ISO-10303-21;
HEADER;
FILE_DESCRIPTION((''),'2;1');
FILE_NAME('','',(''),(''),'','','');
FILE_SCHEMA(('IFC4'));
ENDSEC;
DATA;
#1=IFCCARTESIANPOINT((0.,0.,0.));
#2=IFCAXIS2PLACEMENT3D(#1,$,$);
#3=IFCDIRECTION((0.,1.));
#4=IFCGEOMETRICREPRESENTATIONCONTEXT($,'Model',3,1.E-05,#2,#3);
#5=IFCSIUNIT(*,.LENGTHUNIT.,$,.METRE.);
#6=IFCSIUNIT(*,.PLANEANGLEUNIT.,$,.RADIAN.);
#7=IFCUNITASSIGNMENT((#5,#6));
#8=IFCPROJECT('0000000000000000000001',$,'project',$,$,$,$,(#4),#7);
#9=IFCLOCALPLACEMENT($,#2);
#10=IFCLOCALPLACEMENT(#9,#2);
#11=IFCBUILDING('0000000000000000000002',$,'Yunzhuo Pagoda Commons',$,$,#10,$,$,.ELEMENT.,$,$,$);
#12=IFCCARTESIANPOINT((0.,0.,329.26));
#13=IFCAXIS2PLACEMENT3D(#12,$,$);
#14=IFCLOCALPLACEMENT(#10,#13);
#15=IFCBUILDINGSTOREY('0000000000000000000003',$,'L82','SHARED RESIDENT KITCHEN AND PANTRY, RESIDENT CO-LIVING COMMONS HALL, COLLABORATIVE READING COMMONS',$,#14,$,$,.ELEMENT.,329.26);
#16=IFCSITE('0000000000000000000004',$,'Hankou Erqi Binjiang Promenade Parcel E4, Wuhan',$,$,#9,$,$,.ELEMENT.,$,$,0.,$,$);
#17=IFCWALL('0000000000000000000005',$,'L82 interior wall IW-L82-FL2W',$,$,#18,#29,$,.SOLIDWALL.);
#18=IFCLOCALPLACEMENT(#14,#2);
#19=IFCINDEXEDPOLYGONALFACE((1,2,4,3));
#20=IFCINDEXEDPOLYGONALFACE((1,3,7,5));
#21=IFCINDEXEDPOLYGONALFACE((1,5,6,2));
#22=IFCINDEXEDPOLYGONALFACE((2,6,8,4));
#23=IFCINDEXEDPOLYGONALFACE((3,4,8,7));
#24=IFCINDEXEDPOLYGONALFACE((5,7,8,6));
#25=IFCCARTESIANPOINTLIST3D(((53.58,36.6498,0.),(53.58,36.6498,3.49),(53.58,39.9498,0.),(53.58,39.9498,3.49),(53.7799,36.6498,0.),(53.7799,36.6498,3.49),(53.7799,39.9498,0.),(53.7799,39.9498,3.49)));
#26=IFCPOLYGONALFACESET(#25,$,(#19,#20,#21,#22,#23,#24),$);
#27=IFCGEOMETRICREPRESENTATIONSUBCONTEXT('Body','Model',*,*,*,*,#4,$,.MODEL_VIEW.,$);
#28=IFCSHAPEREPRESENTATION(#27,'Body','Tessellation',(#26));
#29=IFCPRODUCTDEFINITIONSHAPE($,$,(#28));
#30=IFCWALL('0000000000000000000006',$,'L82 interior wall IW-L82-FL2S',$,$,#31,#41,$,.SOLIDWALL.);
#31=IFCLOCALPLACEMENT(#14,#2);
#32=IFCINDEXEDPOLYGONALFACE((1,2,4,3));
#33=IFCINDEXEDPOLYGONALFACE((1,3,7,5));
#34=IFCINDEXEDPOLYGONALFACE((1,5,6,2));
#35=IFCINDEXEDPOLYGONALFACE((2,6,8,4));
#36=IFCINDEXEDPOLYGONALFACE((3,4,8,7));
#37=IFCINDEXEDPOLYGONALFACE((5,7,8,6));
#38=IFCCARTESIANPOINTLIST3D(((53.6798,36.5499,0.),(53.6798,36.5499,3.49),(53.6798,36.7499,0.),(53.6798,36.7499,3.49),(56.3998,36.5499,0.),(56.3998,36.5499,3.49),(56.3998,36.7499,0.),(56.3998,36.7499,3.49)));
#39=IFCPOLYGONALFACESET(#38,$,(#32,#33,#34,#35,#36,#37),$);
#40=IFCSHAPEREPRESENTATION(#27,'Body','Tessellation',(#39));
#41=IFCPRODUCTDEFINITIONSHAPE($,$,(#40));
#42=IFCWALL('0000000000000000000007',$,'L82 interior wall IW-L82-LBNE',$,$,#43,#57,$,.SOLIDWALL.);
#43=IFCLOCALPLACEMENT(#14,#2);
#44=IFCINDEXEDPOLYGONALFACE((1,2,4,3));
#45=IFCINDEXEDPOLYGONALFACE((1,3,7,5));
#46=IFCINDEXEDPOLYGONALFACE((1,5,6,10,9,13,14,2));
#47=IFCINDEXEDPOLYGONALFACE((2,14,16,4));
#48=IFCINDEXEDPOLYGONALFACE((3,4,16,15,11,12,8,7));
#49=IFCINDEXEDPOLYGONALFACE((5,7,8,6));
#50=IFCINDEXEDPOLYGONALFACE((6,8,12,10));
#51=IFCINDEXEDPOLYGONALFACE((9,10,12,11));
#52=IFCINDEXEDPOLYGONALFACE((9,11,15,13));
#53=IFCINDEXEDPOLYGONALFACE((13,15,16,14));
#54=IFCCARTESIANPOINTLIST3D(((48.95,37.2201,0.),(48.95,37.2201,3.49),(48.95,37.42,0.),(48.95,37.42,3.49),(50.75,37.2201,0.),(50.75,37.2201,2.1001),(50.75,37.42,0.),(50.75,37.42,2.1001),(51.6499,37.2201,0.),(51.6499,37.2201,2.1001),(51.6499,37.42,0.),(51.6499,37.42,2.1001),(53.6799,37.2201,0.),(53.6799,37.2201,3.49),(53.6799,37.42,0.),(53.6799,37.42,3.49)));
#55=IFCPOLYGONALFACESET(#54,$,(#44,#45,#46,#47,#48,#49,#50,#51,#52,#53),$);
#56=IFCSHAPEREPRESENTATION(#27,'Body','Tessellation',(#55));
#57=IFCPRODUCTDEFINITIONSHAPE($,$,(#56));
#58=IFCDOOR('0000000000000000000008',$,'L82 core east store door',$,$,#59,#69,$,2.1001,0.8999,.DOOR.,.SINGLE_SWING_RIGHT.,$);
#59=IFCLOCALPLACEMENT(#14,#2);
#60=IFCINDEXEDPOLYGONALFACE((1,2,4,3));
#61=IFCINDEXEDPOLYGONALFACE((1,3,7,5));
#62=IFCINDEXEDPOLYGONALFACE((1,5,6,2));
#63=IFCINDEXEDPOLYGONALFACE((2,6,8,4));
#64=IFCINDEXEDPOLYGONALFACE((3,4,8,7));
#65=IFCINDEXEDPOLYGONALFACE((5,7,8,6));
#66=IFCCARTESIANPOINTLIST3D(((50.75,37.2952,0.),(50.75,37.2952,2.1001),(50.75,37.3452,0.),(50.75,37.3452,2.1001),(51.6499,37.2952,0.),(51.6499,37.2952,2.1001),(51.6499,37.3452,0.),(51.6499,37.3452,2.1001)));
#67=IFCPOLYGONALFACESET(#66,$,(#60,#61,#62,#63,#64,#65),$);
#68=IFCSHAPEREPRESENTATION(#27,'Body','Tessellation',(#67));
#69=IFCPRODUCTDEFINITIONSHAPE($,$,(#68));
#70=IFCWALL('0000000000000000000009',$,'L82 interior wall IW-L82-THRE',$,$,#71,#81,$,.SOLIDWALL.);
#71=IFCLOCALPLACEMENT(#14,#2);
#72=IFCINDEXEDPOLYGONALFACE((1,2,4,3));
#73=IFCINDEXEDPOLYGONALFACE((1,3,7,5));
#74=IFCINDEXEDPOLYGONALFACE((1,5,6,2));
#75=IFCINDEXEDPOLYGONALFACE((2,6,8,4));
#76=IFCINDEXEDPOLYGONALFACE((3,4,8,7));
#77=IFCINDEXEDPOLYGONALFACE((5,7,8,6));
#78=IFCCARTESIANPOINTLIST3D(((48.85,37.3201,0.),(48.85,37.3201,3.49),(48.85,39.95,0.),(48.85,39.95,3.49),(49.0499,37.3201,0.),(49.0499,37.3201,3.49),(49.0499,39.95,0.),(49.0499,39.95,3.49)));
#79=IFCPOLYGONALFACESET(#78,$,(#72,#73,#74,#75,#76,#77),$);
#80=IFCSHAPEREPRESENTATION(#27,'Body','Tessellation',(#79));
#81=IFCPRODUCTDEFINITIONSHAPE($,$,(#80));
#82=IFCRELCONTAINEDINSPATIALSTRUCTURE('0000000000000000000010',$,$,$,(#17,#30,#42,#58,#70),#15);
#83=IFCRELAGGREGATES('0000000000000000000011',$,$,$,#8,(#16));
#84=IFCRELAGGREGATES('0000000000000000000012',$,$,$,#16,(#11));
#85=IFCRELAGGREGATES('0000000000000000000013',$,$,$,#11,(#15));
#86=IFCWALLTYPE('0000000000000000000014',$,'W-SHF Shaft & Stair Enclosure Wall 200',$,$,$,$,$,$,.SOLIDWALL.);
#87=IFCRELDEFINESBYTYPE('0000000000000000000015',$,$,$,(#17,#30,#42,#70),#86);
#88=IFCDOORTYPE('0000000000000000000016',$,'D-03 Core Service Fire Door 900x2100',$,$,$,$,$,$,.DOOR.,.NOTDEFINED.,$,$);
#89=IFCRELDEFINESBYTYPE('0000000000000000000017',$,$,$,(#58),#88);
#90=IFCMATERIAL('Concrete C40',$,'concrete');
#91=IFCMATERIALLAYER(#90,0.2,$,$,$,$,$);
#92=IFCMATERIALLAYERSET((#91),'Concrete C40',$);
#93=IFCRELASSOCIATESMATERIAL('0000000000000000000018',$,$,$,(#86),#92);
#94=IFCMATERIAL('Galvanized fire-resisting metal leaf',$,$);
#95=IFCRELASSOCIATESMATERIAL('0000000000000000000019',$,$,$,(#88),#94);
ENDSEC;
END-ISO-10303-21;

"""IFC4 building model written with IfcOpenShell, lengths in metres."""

from ifc_helpers import new_model, si_unit, direction, frame, frame_2d, origin, place, context, subcontext, project, spatial, rectangle, extrude, source, transform, mapped, material, layer, layer_set, type_object, element, fill, save


model = new_model("IFC4")

# Units and contexts
model_context = context("Model", 3, precision=1e-05, world=origin(), true_north=direction((0.0, 1.0)))
body_context = subcontext(model_context, "Body", "Model", "MODEL_VIEW")
ifc_project = project(units=[si_unit("LENGTHUNIT", "METRE"), si_unit("PLANEANGLEUNIT", "RADIAN")], contexts=[model_context])

# Site, building, storey
site_placement = place(None, origin())
site = spatial("IfcSite", under=ifc_project, at=site_placement, Name="Hankou Erqi Binjiang Promenade Parcel E4, Wuhan", CompositionType="ELEMENT", RefElevation=0.0)
building_placement = place(site_placement, origin())
building = spatial("IfcBuilding", under=site, at=building_placement, Name="Yunzhuo Pagoda Commons", CompositionType="ELEMENT")
storey_placement = place(building_placement, frame((0.0, 0.0, 329.26)))
storey = spatial("IfcBuildingStorey", under=building, at=storey_placement, Name="L82", Description="SHARED RESIDENT KITCHEN AND PANTRY, RESIDENT CO-LIVING COMMONS HALL, COLLABORATIVE READING COMMONS", CompositionType="ELEMENT", Elevation=329.26)

# Shared definitions
ifc_material_1 = material(Name="Galvanized fire-resisting metal leaf")

# Walls
ifc_material_2 = material(Name="Concrete C40", Category="concrete")
ifc_layer_1 = layer(ifc_material_2, 0.2)
ifc_layer_set_1 = layer_set([ifc_layer_1], Name="Concrete C40")
wall_type_1 = type_object("IfcWallType", Name="W-SHF Shaft & Stair Enclosure Wall 200", PredefinedType="SOLIDWALL", material=ifc_layer_set_1)
wall_1_placement = place(storey_placement, frame((53.6799, 36.6499, 0.0), z_axis=(0.0, 0.0, 1.0), x_axis=(0.0, 1.0, 0.0)))
element("IfcWall", 1, at=wall_1_placement, inside=storey, type_object=wall_type_1, Name="L82 interior wall IW-L82-FL2W", PredefinedType="SOLIDWALL", context=body_context, shape_type="SweptSolid", body=[
    extrude(rectangle(XDim=3.3, YDim=0.2, at=frame_2d((1.6499, 0.0))), origin(), (0.0, 0.0, 1.0), 3.49),
])
wall_2_placement = place(storey_placement, frame((53.6799, 36.6499, 0.0), z_axis=(0.0, 0.0, 1.0), x_axis=(1.0, 0.0, 0.0)))
element("IfcWall", 2, at=wall_2_placement, inside=storey, type_object=wall_type_1, Name="L82 interior wall IW-L82-FL2S", PredefinedType="SOLIDWALL", context=body_context, shape_type="SweptSolid", body=[
    extrude(rectangle(XDim=2.72, YDim=0.2, at=frame_2d((1.3599, 0.0))), origin(), (0.0, 0.0, 1.0), 3.49),
])

# Wall, opening, door
wall_3_placement = place(storey_placement, frame((48.95, 37.3201, 0.0), z_axis=(0.0, 0.0, 1.0), x_axis=(1.0, 0.0, 0.0)))
wall_3 = element("IfcWall", 3, at=wall_3_placement, inside=storey, type_object=wall_type_1, Name="L82 interior wall IW-L82-LBNE", PredefinedType="SOLIDWALL", context=body_context, shape_type="SweptSolid", body=[
    extrude(rectangle(XDim=4.73, YDim=0.2, at=frame_2d((2.365, 0.0))), origin(), (0.0, 0.0, 1.0), 3.49),
])
opening_1_placement = place(wall_3_placement, frame((1.8, 0.0, 0.0)))
opening_1 = element("IfcOpeningElement", 4, at=opening_1_placement, cuts=wall_3, PredefinedType="OPENING", context=body_context, shape_type="SweptSolid", body=[
    extrude(rectangle(XDim=0.8999, YDim=2.1001, at=frame_2d((0.45, 1.05))), frame((0.0, 0.1099, 0.0), z_axis=(0.0, -1.0, 0.0), x_axis=(1.0, 0.0, 0.0)), (0.0, 0.0, 1.0), 0.22),
])
door_type_1 = type_object("IfcDoorType", Name="D-03 Core Service Fire Door 900x2100", OperationType="NOTDEFINED", PredefinedType="DOOR", material=ifc_material_1)
shared_shape_1 = source(origin(), body_context, "Body", "SweptSolid", [
    extrude(rectangle(XDim=0.8999, YDim=2.1001, at=frame_2d((0.45, 1.05))), frame((0.0, 0.0249, 0.0), z_axis=(0.0, -1.0, 0.0), x_axis=(1.0, 0.0, 0.0)), (0.0, 0.0, 1.0), 0.05),
])
door_1_placement = place(opening_1_placement, frame((0.8999, 0.0, 0.0), z_axis=(0.0, 0.0, 1.0), x_axis=(-1.0, 0.0, 0.0)))
door_1 = element("IfcDoor", 5, at=door_1_placement, inside=storey, type_object=door_type_1, Name="L82 core east store door", OperationType="SINGLE_SWING_RIGHT", OverallHeight=2.1001, OverallWidth=0.8999, PredefinedType="DOOR", context=body_context, shape_type="MappedRepresentation", body=[
    mapped(shared_shape_1, transform((0.0, 0.0, 0.0), scale=1.0)),
])
fill(opening_1, door_1)

# Wall
wall_4_placement = place(storey_placement, frame((48.95, 37.3201, 0.0), z_axis=(0.0, 0.0, 1.0), x_axis=(0.0, 1.0, 0.0)))
element("IfcWall", 6, at=wall_4_placement, inside=storey, type_object=wall_type_1, Name="L82 interior wall IW-L82-THRE", PredefinedType="SOLIDWALL", context=body_context, shape_type="SweptSolid", body=[
    extrude(rectangle(XDim=2.6299, YDim=0.2, at=frame_2d((1.3149, 0.0))), origin(), (0.0, 0.0, 1.0), 3.49),
])

save(model, "model.ifc")
